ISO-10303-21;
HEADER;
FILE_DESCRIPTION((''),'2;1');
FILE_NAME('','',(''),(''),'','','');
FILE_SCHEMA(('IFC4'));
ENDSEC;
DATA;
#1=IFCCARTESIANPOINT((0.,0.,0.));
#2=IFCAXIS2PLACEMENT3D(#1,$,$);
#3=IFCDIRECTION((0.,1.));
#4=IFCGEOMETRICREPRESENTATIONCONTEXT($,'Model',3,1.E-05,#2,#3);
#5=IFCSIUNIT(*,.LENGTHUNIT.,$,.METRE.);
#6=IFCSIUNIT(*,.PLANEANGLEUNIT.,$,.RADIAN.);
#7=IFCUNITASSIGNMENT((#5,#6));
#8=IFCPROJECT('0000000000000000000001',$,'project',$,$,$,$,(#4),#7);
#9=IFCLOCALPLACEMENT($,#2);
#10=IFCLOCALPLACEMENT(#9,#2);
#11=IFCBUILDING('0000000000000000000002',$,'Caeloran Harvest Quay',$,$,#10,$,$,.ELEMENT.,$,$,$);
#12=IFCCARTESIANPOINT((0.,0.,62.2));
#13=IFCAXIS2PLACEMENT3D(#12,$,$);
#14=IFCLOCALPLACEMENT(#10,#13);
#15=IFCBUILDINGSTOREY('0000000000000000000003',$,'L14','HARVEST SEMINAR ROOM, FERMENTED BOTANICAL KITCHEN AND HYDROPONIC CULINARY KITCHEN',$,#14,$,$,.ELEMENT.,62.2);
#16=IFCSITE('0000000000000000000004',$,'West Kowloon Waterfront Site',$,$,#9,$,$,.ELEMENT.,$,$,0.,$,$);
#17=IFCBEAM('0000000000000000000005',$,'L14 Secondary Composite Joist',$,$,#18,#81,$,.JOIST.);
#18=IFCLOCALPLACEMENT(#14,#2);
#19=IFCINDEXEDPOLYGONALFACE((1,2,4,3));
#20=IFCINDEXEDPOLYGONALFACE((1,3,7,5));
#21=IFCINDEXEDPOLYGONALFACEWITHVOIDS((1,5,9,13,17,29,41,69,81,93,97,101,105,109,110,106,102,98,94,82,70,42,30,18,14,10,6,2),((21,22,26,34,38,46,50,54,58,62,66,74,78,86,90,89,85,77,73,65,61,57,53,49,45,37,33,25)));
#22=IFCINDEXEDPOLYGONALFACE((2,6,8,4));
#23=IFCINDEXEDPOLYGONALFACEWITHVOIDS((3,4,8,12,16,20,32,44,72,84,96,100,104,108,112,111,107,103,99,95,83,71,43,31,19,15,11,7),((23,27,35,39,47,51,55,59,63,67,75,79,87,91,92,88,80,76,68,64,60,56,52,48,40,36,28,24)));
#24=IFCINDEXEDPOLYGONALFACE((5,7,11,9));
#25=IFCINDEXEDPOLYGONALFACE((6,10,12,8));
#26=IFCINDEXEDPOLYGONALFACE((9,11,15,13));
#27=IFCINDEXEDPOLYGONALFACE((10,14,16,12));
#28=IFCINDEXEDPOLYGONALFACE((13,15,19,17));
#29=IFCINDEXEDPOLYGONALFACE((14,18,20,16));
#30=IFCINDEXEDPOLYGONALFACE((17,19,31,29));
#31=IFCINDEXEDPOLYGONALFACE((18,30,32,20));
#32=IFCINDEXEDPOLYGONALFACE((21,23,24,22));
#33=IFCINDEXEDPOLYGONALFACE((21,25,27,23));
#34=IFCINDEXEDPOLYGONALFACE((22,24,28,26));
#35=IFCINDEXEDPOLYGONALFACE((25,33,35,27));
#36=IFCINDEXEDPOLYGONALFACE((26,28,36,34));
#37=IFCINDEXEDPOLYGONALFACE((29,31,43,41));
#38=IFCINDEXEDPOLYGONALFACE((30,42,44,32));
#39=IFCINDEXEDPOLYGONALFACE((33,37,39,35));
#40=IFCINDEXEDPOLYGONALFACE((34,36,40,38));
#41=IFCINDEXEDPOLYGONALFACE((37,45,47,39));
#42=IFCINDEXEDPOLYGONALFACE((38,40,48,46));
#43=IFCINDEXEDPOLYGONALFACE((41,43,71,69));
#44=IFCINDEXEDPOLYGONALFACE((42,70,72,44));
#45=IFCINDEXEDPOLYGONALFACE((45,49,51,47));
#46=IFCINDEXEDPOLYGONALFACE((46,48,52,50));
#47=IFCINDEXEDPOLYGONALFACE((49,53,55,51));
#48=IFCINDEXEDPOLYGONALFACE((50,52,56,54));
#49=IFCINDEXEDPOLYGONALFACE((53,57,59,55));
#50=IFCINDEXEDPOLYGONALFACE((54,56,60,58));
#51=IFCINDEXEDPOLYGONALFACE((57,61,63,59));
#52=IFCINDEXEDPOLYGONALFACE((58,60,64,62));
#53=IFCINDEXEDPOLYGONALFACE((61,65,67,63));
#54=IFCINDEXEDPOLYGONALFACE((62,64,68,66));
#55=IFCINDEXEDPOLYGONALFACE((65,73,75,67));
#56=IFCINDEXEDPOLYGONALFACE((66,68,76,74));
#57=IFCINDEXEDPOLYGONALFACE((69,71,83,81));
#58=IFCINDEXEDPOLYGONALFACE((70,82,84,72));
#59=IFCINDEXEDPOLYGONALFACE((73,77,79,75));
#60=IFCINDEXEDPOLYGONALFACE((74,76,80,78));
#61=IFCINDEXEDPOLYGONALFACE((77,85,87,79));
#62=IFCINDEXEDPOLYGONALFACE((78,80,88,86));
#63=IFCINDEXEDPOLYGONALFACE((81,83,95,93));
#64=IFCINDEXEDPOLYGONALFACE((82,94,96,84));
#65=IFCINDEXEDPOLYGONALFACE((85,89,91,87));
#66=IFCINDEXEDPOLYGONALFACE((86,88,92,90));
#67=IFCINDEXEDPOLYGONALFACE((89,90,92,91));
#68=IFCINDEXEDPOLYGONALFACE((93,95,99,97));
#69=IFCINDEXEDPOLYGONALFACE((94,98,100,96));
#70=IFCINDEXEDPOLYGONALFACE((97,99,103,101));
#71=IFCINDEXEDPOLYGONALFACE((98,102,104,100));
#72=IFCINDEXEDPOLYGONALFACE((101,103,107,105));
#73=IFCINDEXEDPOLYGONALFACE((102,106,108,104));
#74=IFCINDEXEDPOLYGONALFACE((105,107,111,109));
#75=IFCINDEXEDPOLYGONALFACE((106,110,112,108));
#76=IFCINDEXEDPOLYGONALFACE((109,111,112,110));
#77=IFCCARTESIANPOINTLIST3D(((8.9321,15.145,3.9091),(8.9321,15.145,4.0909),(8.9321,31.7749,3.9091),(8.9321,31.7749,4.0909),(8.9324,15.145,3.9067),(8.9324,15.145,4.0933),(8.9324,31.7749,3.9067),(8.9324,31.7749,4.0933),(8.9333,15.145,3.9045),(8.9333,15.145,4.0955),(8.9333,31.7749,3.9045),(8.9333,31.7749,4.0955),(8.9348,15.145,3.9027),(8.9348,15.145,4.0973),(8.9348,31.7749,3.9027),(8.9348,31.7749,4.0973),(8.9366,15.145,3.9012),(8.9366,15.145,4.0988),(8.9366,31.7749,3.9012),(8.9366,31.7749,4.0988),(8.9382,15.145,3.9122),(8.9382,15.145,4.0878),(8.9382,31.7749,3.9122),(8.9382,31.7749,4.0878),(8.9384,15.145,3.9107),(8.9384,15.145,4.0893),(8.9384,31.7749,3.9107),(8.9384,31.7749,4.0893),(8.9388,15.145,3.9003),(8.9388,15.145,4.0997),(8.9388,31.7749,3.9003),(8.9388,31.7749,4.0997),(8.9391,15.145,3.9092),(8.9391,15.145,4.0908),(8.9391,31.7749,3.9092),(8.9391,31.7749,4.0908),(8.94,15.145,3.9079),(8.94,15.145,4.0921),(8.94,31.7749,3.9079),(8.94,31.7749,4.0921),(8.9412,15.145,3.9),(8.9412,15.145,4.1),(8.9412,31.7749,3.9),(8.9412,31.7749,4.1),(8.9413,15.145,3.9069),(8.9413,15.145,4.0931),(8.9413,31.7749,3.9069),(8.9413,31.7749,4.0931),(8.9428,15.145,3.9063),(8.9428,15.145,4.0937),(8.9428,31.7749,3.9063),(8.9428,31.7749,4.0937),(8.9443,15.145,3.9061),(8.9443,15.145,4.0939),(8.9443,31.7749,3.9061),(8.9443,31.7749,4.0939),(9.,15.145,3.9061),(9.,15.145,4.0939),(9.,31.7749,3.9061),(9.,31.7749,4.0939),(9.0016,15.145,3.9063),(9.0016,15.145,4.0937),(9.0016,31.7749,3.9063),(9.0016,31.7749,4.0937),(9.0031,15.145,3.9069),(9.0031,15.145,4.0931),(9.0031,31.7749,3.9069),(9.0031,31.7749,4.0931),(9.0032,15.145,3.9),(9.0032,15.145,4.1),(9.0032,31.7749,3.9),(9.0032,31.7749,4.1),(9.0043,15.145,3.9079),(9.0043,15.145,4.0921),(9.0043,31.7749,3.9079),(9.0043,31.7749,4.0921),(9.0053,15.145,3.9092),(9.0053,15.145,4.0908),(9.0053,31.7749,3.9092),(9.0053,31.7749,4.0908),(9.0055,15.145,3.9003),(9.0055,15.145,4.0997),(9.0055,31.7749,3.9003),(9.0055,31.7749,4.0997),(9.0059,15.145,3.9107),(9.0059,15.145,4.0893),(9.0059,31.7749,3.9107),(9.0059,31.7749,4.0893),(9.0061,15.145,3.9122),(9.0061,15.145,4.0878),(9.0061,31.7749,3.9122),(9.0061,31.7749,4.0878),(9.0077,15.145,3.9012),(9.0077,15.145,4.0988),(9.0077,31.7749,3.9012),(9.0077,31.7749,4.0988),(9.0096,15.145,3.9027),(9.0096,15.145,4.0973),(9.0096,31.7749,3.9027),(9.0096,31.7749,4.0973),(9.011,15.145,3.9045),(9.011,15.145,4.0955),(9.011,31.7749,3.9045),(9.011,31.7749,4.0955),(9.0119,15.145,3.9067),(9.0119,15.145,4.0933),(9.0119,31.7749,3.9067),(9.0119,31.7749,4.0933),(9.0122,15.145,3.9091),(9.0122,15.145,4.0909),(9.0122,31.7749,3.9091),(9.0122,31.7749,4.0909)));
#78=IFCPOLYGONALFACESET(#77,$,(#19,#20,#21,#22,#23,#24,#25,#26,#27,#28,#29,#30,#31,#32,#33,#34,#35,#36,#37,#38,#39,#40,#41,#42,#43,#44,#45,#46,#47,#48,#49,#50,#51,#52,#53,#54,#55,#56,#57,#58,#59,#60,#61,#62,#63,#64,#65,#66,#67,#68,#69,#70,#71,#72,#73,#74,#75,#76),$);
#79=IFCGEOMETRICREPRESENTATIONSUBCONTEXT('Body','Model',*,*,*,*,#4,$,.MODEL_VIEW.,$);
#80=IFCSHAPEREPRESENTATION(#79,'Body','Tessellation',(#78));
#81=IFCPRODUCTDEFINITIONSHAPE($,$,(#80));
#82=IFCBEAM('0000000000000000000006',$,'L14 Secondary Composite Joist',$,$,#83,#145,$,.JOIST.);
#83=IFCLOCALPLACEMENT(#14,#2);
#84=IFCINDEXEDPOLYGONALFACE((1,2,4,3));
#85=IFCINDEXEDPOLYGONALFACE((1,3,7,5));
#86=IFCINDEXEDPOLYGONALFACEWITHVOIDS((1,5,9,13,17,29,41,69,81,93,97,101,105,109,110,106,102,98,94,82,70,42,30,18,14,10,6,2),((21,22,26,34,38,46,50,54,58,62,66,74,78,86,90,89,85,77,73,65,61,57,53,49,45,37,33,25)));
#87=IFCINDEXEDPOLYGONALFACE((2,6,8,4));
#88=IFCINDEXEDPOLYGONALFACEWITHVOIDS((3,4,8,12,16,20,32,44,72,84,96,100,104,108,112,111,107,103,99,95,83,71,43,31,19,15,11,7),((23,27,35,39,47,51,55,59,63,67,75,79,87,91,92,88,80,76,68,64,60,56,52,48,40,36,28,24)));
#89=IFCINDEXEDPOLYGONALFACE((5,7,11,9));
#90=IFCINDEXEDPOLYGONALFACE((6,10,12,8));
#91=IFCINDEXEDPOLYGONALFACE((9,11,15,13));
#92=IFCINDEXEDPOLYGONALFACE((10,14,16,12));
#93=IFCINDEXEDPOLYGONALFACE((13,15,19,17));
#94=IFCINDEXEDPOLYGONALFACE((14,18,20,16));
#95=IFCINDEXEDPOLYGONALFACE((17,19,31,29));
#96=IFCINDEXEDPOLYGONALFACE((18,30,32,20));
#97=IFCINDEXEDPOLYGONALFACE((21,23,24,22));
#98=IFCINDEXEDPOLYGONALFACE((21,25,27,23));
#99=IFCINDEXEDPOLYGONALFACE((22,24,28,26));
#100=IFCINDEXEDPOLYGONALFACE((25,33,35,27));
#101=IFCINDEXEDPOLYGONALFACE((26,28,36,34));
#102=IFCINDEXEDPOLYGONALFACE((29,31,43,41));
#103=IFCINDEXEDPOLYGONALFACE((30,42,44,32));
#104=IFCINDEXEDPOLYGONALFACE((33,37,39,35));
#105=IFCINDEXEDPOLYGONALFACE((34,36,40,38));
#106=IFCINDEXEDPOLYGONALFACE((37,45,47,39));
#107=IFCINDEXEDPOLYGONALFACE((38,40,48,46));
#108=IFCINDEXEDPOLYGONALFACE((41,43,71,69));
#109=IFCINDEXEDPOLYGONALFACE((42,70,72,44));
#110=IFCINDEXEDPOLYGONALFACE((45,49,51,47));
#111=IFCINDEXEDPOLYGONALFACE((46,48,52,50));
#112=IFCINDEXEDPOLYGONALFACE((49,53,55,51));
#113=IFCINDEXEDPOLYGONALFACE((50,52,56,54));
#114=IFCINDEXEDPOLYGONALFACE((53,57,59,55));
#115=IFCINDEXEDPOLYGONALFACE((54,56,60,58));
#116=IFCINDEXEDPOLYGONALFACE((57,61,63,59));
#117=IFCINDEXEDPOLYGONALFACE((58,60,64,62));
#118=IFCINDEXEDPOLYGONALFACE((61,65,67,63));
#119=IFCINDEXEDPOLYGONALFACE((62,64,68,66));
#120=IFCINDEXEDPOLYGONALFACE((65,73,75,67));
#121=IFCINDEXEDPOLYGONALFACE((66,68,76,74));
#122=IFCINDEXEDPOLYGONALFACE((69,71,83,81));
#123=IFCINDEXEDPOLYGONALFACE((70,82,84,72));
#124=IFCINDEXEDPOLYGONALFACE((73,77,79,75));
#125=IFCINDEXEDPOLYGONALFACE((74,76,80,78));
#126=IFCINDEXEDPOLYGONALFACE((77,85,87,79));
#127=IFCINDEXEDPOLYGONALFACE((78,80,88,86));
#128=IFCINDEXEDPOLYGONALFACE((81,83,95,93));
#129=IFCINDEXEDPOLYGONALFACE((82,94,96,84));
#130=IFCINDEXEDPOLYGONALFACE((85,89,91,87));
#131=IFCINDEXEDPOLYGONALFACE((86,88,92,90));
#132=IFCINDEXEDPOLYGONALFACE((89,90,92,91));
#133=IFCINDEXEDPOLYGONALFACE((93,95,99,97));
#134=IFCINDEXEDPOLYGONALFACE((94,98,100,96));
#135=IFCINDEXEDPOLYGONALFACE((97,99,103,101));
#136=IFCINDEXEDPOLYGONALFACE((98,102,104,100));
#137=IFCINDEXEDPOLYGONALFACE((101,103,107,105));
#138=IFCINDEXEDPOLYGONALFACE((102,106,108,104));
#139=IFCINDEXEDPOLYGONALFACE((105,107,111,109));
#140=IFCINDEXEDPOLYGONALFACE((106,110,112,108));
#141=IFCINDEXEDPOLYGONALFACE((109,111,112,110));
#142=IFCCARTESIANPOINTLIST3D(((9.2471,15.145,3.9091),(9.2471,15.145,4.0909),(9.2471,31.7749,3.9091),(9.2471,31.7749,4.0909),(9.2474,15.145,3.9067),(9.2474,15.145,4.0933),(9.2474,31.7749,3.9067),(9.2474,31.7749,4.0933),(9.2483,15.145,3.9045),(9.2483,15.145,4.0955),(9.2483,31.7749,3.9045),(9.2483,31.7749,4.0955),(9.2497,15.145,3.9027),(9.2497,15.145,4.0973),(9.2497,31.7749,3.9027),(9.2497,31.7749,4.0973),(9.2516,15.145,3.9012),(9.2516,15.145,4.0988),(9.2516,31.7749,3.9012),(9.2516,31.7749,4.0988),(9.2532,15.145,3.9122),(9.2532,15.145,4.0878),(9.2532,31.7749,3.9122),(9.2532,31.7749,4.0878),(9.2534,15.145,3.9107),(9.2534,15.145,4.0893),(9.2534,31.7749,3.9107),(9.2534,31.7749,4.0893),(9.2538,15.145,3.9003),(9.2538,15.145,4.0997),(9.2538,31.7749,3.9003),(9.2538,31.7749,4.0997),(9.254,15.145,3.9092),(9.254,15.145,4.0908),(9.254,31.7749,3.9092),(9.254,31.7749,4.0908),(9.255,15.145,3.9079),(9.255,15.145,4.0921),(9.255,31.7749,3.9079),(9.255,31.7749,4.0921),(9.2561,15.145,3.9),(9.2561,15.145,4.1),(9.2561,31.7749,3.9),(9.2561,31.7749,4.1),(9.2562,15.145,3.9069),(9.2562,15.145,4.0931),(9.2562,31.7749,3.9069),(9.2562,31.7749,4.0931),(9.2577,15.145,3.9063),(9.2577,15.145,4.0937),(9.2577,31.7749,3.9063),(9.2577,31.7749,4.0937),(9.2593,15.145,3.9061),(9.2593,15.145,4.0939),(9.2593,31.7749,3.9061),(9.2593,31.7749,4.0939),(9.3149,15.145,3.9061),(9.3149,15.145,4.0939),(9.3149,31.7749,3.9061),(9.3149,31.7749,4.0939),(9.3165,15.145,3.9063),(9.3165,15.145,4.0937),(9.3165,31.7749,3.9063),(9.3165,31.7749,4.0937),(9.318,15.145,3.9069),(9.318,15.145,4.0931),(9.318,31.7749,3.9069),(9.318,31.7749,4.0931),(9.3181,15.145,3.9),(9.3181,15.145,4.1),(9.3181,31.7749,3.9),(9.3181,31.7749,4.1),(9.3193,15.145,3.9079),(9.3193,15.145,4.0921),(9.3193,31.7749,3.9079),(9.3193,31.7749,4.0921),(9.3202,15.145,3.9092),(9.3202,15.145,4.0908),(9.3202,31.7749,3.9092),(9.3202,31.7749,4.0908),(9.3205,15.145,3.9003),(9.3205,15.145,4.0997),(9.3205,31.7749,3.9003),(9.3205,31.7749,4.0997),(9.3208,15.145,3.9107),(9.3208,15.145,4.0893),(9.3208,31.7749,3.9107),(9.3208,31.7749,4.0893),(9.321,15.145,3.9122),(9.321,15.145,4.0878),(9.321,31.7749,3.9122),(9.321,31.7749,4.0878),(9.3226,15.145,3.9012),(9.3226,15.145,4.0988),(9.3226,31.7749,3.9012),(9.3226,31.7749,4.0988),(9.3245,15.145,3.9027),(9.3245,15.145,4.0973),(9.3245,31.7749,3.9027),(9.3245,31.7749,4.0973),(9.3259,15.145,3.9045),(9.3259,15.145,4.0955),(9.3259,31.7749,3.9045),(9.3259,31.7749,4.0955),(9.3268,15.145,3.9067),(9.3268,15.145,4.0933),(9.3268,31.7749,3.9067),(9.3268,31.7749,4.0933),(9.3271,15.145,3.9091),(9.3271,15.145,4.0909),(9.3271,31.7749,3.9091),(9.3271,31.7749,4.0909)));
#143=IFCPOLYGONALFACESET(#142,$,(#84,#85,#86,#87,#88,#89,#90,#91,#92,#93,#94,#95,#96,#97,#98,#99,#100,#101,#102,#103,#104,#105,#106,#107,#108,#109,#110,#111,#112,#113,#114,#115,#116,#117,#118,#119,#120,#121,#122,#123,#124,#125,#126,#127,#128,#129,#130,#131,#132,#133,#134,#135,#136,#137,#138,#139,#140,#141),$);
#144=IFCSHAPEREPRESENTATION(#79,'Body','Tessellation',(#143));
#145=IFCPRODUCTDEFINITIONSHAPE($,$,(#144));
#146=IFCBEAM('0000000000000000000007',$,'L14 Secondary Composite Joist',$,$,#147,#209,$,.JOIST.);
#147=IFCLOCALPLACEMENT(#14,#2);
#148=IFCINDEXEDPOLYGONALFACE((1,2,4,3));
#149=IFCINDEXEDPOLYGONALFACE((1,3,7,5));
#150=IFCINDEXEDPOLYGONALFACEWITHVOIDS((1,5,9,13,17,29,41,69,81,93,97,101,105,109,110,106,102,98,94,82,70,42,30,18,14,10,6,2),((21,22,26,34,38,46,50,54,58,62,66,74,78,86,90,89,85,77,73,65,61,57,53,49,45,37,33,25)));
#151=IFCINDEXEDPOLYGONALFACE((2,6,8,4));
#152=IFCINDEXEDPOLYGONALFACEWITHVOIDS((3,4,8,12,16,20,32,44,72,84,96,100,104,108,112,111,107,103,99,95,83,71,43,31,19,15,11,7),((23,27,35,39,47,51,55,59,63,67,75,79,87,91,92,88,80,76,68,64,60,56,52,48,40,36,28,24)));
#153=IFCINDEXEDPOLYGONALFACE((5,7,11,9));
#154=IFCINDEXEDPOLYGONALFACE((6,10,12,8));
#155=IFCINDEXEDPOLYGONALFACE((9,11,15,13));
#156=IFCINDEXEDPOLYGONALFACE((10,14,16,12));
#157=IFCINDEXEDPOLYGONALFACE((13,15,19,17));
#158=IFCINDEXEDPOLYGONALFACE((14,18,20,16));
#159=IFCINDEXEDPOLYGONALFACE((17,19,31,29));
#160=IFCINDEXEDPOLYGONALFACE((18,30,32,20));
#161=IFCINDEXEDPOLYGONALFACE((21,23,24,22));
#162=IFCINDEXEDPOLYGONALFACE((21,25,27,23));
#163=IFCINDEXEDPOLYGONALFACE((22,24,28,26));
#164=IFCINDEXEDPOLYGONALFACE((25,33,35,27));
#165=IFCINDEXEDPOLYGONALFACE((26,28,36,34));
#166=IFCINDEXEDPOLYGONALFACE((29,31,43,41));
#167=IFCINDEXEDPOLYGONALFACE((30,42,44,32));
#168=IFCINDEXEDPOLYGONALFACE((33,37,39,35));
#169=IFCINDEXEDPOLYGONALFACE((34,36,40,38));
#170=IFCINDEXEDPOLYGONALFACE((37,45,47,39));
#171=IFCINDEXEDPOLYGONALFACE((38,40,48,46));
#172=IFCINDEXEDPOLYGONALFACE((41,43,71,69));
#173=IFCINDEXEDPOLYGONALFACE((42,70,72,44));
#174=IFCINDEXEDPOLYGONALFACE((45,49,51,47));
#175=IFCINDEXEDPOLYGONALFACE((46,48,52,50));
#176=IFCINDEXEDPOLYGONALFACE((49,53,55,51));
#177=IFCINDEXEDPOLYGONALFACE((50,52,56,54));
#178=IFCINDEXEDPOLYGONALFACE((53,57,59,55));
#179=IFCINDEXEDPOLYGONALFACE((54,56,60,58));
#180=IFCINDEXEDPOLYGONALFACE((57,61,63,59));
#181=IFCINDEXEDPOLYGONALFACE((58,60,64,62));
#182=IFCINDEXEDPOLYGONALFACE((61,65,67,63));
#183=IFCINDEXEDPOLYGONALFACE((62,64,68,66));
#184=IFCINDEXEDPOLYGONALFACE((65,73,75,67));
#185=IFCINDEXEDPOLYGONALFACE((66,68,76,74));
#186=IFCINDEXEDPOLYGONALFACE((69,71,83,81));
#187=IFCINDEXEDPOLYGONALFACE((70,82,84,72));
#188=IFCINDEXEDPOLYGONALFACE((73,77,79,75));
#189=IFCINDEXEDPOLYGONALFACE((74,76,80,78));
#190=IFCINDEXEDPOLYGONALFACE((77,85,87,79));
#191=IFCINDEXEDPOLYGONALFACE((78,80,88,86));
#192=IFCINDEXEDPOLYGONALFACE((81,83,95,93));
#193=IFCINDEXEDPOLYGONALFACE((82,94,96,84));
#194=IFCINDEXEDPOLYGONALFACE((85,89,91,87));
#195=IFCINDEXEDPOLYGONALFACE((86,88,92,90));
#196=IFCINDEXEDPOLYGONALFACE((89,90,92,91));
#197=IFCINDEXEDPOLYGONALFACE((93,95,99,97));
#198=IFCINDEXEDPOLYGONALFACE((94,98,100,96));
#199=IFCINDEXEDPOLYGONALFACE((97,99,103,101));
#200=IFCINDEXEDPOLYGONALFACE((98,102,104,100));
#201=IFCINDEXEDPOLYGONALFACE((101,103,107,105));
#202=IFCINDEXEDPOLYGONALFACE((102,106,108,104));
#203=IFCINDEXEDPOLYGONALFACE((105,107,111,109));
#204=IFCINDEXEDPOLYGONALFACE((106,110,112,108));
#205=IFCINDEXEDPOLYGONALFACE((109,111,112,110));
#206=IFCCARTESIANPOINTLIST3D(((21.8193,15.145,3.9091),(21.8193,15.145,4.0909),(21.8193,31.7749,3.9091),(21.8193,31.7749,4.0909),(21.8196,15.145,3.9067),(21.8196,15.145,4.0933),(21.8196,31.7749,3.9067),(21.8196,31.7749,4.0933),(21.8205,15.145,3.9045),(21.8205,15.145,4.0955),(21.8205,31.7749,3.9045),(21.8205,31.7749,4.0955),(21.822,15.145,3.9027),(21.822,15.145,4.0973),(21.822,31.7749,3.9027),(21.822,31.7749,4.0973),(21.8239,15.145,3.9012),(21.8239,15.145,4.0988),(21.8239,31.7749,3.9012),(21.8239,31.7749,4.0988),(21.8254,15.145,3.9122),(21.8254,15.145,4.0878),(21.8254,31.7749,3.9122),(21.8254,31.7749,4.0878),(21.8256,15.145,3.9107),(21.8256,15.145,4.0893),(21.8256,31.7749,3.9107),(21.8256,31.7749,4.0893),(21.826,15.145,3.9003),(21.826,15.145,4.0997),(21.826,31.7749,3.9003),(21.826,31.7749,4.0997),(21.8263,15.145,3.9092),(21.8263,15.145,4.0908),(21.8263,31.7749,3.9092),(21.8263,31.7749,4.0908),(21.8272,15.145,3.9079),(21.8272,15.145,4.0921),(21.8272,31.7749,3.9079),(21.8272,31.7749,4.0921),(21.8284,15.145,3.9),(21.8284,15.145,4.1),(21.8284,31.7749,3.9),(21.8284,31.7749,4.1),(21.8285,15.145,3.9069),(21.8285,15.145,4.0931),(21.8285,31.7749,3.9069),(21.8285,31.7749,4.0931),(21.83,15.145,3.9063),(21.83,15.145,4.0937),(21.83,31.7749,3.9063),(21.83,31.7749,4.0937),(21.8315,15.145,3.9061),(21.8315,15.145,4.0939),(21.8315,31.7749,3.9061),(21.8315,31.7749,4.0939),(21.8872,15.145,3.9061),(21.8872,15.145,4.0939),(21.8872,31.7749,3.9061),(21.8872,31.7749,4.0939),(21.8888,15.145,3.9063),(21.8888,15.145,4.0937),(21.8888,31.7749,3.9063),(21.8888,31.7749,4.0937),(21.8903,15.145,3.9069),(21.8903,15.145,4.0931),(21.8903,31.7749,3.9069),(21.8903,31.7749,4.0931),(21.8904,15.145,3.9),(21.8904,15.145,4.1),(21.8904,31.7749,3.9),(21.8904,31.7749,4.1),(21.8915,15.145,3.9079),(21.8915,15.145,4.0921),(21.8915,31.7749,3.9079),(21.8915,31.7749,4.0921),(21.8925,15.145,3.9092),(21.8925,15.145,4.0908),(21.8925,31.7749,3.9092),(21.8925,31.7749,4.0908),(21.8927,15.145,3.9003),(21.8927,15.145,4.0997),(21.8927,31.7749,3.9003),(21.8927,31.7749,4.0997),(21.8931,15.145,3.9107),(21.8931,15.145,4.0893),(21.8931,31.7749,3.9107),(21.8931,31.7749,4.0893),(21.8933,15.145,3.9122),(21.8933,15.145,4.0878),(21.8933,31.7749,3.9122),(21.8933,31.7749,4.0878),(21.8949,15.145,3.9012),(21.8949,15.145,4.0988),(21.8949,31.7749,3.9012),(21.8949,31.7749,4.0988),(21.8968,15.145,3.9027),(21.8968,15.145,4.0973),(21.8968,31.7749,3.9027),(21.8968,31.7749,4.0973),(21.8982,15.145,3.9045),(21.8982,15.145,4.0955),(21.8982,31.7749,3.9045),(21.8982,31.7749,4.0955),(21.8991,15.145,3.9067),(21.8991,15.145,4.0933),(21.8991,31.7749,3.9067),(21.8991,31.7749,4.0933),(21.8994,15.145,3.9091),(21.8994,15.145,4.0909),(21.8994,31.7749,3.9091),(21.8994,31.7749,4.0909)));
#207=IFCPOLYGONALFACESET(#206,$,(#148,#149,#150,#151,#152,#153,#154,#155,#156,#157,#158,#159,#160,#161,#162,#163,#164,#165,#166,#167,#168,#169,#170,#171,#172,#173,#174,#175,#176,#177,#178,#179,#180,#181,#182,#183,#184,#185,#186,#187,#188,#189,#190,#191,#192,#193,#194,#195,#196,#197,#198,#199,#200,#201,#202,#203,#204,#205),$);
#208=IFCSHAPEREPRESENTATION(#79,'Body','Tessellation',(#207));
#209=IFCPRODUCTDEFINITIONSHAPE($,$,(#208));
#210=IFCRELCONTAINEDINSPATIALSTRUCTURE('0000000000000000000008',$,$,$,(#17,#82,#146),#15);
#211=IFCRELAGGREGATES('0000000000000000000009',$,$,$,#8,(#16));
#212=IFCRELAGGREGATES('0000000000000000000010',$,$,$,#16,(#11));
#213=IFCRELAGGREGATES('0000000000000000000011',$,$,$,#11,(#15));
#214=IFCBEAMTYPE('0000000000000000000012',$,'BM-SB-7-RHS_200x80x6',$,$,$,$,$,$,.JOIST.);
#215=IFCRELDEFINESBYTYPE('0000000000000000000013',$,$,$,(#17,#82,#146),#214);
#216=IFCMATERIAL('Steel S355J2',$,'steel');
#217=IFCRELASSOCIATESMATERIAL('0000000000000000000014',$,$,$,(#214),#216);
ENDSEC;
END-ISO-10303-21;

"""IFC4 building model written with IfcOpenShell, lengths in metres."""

from ifc_helpers import new_model, si_unit, direction, frame, origin, origin_2d, place, context, subcontext, project, spatial, hollow_rectangle, extrude, material, material_profile, profile_set, type_object, element, save


model = new_model("IFC4")

# Units and contexts
model_context = context("Model", 3, precision=1e-05, world=origin(), true_north=direction((0.0, 1.0)))
body_context = subcontext(model_context, "Body", "Model", "MODEL_VIEW")
ifc_project = project(units=[si_unit("LENGTHUNIT", "METRE"), si_unit("PLANEANGLEUNIT", "RADIAN")], contexts=[model_context])

# Site, building, storey
site_placement = place(None, origin())
site = spatial("IfcSite", under=ifc_project, at=site_placement, Name="West Kowloon Waterfront Site", CompositionType="ELEMENT", RefElevation=0.0)
building_placement = place(site_placement, origin())
building = spatial("IfcBuilding", under=site, at=building_placement, Name="Caeloran Harvest Quay", CompositionType="ELEMENT")
storey_placement = place(building_placement, frame((0.0, 0.0, 62.2)))
storey = spatial("IfcBuildingStorey", under=building, at=storey_placement, Name="L14", Description="HARVEST SEMINAR ROOM, FERMENTED BOTANICAL KITCHEN AND HYDROPONIC CULINARY KITCHEN", CompositionType="ELEMENT", Elevation=62.2)

# Beams
ifc_material_1 = material(Name="Steel S355J2", Category="steel")
ifc_material_profile_1 = material_profile(ifc_material_1, hollow_rectangle(XDim=0.0801, YDim=0.2, WallThickness=0.0061, InnerFilletRadius=0.0061, OuterFilletRadius=0.009, at=origin_2d()), Name="RHS 200x80x6")
ifc_profile_set_1 = profile_set([ifc_material_profile_1], Name="Steel S355J2")
beam_type_1 = type_object("IfcBeamType", Name="BM-SB-7-RHS_200x80x6", PredefinedType="JOIST", material=ifc_profile_set_1)
for number, where, z_axis, x_axis, name in (
    (1, (8.9722, 15.145, 4.0), (0.0, 1.0, 0.0), (-1.0, 0.0, 0.0), "L14 Secondary Composite Joist"),
    (2, (9.2871, 15.145, 4.0), (0.0, 1.0, 0.0), (-1.0, 0.0, 0.0), "L14 Secondary Composite Joist"),
    (3, (21.8594, 15.145, 4.0), (0.0, 1.0, 0.0), (-1.0, 0.0, 0.0), "L14 Secondary Composite Joist"),
):
    element("IfcBeam", number, at=place(storey_placement, frame(where, z_axis=z_axis, x_axis=x_axis)), inside=storey, type_object=beam_type_1, Name=name, PredefinedType="JOIST", context=body_context, shape_type="SweptSolid", body=[
        extrude(hollow_rectangle(XDim=0.0801, YDim=0.2, WallThickness=0.0061, InnerFilletRadius=0.0061, OuterFilletRadius=0.009, at=origin_2d()), origin(), (0.0, 0.0, 1.0), 16.6299),
    ])

save(model, "model.ifc")
